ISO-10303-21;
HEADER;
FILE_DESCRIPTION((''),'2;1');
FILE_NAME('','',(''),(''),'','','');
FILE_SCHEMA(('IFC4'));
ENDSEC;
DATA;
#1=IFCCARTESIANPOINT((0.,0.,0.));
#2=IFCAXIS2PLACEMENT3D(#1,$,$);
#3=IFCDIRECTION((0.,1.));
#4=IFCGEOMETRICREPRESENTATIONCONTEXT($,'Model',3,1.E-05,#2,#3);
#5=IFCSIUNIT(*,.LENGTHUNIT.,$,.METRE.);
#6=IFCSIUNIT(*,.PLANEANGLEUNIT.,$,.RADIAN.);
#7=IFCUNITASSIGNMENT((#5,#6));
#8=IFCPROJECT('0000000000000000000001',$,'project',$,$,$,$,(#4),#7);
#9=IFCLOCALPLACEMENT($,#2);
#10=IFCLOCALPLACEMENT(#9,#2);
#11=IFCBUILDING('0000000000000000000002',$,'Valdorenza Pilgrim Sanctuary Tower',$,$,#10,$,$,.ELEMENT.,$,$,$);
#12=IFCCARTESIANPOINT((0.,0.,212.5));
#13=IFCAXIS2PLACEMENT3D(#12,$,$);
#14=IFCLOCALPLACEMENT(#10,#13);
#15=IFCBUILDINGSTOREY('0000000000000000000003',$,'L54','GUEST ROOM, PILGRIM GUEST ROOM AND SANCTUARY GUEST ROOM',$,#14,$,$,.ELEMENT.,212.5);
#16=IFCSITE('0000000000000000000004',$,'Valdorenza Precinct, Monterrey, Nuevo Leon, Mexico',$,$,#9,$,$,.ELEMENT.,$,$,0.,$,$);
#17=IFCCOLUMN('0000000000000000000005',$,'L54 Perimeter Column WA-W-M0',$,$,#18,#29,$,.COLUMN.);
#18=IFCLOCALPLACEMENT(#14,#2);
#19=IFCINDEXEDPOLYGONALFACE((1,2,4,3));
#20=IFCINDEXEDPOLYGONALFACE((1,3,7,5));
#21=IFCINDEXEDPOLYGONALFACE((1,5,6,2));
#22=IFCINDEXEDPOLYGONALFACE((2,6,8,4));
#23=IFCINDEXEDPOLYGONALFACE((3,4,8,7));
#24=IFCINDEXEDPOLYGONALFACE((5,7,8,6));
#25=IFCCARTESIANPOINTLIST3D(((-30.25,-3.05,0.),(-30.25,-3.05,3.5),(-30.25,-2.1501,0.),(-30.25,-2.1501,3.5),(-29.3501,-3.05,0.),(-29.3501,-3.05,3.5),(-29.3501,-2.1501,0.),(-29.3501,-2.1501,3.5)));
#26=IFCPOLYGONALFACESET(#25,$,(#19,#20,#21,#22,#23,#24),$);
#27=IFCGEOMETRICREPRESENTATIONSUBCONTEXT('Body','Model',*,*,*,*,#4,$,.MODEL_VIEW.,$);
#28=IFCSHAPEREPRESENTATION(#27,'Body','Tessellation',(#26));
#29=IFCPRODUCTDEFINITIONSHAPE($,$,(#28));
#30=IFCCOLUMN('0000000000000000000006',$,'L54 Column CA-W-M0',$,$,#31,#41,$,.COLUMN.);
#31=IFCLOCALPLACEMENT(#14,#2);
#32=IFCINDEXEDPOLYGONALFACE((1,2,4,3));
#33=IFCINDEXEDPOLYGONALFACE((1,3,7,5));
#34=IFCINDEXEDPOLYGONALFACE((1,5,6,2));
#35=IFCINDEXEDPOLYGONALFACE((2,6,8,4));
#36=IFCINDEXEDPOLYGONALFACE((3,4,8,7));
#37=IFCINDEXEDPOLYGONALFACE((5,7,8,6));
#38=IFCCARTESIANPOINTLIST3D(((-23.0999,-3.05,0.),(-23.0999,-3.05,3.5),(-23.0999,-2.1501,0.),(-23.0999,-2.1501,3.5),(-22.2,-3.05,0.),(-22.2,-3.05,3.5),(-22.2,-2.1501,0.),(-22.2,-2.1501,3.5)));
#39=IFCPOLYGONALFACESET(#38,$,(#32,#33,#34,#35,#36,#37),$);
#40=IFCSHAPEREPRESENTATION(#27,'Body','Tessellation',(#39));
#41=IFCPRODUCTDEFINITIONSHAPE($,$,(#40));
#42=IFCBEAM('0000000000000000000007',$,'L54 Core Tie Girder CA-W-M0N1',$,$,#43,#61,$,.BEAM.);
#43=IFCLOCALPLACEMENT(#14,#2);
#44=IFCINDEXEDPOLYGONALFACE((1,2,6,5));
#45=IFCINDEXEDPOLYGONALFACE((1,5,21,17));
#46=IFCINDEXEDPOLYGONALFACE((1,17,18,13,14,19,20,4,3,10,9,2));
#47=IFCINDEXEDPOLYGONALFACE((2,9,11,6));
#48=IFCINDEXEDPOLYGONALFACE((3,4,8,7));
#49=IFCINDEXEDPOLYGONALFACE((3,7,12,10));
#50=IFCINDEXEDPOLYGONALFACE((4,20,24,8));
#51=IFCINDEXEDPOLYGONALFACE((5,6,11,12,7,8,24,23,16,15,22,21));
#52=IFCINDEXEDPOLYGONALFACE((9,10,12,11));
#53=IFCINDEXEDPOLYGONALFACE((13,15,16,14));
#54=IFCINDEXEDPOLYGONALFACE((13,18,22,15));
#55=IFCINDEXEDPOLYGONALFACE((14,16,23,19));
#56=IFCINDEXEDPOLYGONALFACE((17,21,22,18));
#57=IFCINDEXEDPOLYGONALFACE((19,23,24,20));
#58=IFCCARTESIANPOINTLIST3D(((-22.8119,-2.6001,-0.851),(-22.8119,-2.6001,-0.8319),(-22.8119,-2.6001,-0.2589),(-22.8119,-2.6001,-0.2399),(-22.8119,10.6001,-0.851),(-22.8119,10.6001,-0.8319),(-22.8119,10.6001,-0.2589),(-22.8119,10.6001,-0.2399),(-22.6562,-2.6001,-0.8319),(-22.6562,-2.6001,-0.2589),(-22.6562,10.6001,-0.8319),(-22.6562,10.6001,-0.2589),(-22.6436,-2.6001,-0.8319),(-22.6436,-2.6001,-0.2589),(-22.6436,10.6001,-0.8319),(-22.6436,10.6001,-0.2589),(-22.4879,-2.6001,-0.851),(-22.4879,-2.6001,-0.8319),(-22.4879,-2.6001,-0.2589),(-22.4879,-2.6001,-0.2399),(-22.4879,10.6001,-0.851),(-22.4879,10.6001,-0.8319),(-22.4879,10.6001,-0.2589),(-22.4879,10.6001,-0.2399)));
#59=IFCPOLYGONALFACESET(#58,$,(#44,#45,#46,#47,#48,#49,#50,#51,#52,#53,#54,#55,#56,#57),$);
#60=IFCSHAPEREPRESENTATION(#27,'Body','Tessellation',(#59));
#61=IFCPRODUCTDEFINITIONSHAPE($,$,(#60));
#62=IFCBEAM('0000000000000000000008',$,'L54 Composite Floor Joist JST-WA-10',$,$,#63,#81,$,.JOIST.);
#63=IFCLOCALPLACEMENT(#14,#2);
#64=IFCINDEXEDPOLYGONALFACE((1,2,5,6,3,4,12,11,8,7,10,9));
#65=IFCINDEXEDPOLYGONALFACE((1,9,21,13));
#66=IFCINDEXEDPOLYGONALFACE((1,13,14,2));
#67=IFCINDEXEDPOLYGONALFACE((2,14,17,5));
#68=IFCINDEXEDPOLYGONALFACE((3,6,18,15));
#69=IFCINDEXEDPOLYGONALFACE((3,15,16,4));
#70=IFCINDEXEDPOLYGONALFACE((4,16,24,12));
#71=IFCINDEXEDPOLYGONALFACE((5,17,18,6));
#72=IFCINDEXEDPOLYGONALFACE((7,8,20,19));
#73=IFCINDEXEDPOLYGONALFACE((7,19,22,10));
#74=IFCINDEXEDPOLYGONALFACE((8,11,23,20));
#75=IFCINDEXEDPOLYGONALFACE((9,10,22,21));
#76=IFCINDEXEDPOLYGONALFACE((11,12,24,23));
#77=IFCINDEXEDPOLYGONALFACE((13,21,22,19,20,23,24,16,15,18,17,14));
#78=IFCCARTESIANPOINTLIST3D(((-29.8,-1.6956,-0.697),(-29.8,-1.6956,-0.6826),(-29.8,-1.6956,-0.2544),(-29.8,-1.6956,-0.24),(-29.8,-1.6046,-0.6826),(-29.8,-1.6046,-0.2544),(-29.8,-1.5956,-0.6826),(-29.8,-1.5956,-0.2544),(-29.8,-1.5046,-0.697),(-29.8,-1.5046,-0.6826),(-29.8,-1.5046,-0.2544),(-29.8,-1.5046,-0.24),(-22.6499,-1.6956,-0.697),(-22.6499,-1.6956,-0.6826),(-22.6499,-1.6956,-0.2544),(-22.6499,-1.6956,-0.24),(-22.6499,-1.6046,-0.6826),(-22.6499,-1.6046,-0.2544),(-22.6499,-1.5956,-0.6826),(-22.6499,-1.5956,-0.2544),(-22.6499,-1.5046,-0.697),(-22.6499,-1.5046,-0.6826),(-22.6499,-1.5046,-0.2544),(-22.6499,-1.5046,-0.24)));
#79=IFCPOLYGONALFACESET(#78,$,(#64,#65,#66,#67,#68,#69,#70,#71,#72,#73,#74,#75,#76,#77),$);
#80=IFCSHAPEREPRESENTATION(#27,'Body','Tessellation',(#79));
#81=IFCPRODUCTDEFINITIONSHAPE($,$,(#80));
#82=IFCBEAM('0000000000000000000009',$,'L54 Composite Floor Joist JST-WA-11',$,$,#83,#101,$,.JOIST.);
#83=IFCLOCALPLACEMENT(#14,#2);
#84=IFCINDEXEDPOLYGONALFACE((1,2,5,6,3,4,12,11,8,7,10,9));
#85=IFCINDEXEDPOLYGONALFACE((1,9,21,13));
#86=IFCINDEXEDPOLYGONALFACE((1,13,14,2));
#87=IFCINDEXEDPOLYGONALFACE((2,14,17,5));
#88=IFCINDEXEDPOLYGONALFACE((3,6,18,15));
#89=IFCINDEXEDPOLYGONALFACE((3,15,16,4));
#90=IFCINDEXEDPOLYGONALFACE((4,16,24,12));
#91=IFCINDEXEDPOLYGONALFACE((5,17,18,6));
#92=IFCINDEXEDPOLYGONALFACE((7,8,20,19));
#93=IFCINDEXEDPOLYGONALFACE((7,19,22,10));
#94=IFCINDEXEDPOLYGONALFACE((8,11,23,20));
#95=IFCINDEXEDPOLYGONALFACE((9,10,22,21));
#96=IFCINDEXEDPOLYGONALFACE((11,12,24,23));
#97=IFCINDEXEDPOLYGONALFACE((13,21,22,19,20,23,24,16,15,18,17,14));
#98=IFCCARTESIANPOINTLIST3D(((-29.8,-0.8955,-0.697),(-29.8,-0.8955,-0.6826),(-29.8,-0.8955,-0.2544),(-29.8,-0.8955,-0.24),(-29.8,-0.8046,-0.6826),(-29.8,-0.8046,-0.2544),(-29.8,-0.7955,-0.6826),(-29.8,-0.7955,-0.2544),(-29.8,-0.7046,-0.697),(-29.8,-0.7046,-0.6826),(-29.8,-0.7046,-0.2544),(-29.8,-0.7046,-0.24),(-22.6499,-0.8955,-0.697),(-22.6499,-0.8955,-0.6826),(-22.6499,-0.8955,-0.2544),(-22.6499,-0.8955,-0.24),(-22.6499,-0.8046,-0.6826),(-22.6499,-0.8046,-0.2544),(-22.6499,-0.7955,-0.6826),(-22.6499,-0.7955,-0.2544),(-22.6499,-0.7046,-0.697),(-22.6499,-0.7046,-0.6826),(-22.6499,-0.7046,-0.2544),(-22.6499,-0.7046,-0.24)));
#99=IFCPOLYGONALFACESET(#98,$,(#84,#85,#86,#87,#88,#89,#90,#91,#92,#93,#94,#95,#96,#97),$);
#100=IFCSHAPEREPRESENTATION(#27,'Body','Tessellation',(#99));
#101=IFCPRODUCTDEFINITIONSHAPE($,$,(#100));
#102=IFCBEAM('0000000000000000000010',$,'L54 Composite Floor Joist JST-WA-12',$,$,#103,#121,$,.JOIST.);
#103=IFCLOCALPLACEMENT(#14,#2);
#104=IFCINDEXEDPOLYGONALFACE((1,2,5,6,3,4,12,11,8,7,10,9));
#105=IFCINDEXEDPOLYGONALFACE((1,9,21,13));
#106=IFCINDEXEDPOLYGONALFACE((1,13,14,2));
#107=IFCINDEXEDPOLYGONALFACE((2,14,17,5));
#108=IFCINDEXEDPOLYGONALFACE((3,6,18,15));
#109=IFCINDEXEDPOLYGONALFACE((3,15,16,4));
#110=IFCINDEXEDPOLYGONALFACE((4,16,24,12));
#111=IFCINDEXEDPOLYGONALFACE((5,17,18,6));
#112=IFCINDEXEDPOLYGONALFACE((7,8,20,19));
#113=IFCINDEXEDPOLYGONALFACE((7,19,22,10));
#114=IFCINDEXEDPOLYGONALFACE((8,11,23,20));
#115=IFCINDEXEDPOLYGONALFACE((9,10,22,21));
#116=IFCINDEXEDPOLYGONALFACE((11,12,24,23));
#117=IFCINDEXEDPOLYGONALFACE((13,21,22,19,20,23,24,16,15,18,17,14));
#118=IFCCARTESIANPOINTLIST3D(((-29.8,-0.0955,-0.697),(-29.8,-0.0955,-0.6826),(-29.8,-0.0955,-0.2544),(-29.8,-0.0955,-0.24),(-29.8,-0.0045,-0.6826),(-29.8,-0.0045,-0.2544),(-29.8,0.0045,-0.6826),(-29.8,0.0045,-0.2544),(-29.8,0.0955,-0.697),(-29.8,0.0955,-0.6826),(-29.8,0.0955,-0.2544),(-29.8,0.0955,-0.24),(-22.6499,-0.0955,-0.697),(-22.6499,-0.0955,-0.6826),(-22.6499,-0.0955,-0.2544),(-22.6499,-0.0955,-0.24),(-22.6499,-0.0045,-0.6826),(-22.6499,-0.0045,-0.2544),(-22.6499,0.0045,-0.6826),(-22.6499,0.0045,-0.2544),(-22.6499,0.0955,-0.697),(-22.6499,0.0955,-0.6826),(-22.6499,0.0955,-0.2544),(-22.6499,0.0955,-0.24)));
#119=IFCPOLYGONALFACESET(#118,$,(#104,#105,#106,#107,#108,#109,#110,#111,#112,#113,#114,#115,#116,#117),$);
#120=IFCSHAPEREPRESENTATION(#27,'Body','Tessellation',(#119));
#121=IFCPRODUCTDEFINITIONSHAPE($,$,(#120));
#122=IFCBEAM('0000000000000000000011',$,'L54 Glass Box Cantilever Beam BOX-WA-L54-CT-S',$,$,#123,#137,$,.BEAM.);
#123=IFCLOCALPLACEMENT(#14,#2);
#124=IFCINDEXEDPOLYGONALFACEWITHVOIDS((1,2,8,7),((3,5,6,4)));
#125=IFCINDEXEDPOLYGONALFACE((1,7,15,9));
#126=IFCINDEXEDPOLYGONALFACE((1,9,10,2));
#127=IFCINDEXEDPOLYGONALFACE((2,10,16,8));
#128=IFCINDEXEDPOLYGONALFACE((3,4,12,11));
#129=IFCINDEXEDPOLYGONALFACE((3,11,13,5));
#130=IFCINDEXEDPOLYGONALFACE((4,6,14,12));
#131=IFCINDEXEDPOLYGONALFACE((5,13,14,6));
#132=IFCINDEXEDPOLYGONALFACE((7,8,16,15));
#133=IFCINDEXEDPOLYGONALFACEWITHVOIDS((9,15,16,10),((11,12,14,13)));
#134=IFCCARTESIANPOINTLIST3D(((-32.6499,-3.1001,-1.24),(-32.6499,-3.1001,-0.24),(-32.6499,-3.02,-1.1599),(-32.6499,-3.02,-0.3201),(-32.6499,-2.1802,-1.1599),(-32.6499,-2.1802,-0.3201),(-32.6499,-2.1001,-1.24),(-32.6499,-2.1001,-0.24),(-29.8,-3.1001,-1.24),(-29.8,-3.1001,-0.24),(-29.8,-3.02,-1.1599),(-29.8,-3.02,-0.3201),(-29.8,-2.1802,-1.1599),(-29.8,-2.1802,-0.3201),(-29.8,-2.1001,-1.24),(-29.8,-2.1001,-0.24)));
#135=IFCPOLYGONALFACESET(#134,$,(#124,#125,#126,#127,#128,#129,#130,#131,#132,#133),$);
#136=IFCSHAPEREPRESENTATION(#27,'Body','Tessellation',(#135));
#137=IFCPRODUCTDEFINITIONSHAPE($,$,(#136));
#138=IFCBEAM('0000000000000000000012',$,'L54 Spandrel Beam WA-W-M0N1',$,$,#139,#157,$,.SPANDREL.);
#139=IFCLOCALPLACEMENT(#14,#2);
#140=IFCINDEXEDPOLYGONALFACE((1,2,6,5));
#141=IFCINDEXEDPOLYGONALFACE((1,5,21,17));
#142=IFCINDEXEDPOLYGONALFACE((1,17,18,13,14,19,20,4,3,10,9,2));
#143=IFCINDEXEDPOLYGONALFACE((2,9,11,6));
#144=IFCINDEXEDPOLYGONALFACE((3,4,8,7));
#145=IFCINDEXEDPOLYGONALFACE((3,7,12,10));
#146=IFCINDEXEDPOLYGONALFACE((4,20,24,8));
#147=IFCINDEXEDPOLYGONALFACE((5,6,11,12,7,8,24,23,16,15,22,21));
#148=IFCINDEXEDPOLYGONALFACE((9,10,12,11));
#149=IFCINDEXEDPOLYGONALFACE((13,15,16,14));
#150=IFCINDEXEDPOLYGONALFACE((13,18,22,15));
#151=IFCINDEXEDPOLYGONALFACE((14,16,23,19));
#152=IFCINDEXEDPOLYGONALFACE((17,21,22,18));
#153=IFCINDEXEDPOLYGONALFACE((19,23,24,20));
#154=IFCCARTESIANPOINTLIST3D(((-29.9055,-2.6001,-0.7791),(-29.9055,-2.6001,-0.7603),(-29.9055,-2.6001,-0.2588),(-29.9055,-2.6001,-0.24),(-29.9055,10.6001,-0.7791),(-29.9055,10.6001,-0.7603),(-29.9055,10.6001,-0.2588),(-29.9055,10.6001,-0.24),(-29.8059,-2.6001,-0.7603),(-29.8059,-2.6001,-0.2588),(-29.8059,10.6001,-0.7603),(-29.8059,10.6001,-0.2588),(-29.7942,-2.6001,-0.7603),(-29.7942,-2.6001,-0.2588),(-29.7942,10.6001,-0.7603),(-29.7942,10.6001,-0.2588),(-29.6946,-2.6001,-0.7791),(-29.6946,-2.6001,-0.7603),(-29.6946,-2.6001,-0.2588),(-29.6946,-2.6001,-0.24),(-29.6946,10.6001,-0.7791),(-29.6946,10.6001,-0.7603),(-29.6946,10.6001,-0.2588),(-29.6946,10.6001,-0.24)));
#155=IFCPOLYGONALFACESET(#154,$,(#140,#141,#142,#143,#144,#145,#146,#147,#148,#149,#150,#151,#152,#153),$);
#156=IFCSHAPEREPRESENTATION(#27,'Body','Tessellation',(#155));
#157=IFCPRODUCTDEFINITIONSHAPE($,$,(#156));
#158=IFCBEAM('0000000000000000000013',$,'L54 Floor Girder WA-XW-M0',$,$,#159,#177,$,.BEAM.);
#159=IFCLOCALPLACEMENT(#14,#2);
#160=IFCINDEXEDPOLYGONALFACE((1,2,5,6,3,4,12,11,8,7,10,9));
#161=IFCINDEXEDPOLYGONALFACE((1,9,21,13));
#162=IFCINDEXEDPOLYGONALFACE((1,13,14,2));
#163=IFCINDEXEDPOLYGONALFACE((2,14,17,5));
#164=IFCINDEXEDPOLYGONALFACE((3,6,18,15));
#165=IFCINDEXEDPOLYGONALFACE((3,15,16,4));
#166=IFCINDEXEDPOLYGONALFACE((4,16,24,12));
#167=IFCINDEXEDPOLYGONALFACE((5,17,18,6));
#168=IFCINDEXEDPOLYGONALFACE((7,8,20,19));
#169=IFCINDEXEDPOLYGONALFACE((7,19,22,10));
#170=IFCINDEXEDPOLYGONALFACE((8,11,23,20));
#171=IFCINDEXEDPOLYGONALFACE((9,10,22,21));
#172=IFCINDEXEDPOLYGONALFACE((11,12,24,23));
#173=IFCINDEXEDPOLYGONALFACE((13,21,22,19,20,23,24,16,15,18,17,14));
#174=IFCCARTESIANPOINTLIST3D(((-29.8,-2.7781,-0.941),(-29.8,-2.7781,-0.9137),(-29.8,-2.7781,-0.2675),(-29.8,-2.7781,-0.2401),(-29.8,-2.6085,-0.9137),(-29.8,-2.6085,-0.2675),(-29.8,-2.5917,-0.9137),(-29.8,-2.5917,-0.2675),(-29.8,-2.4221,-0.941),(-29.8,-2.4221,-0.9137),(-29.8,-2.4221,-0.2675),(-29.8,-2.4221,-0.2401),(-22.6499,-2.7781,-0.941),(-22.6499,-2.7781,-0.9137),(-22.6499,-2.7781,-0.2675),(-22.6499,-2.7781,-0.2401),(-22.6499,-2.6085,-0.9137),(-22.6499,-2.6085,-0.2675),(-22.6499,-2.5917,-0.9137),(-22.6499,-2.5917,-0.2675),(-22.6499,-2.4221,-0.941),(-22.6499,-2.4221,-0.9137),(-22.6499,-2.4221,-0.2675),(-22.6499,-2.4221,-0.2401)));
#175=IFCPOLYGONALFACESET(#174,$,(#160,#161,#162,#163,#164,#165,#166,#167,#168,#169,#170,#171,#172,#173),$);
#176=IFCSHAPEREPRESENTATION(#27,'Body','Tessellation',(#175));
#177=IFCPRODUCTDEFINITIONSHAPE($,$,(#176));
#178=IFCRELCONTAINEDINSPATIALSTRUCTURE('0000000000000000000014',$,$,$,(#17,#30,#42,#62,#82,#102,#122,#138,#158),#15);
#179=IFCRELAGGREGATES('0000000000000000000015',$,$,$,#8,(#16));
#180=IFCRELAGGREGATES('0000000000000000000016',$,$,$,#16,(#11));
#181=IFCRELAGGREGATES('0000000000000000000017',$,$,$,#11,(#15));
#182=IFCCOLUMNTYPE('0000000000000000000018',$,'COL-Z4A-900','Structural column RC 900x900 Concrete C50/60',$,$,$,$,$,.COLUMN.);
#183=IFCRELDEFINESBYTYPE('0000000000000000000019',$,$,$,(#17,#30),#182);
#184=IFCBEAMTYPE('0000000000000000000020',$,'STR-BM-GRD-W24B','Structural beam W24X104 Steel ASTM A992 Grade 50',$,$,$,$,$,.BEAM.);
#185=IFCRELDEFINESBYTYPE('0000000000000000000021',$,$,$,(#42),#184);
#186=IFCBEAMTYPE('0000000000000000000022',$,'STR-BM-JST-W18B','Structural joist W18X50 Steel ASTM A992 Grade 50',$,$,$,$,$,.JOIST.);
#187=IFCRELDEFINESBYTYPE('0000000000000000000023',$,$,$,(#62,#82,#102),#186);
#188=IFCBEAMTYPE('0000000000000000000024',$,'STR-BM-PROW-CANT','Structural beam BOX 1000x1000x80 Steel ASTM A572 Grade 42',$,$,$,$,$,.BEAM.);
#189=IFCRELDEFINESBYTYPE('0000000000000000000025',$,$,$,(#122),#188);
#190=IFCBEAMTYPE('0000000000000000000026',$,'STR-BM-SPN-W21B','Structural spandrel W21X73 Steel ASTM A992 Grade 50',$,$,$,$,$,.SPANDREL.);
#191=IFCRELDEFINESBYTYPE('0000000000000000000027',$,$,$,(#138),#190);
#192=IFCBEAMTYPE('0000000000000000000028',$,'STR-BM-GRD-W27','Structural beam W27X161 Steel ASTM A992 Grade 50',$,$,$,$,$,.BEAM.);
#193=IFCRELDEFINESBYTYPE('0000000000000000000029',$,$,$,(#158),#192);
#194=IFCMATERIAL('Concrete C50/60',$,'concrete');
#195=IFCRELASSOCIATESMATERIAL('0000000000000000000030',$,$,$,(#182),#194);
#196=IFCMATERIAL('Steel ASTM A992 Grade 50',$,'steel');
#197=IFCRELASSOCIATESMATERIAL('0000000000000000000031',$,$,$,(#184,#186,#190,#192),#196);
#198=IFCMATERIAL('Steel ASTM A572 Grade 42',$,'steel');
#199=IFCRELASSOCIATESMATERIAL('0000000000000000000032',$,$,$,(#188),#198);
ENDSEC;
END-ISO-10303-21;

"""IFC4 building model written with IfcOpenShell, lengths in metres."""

from ifc_helpers import new_model, si_unit, direction, frame, origin, origin_2d, place, context, subcontext, project, spatial, rectangle, hollow_rectangle, i_section, extrude, source, transform, mapped, material, material_profile, profile_set, type_object, element, save


model = new_model("IFC4")

# Units and contexts
model_context = context("Model", 3, precision=1e-05, world=origin(), true_north=direction((0.0, 1.0)))
body_context = subcontext(model_context, "Body", "Model", "MODEL_VIEW")
ifc_project = project(units=[si_unit("LENGTHUNIT", "METRE"), si_unit("PLANEANGLEUNIT", "RADIAN")], contexts=[model_context])

# Site, building, storey
site_placement = place(None, origin())
site = spatial("IfcSite", under=ifc_project, at=site_placement, Name="Valdorenza Precinct, Monterrey, Nuevo Leon, Mexico", CompositionType="ELEMENT", RefElevation=0.0)
building_placement = place(site_placement, origin())
building = spatial("IfcBuilding", under=site, at=building_placement, Name="Valdorenza Pilgrim Sanctuary Tower", CompositionType="ELEMENT")
storey_placement = place(building_placement, frame((0.0, 0.0, 212.5)))
storey = spatial("IfcBuildingStorey", under=building, at=storey_placement, Name="L54", Description="GUEST ROOM, PILGRIM GUEST ROOM AND SANCTUARY GUEST ROOM", CompositionType="ELEMENT", Elevation=212.5)

# Columns
ifc_material_1 = material(Name="Concrete C50/60", Category="concrete")
ifc_material_profile_1 = material_profile(ifc_material_1, rectangle(XDim=0.8999, YDim=0.8999, at=origin_2d()), Name="RC 900x900")
ifc_profile_set_1 = profile_set([ifc_material_profile_1], Name="Concrete C50/60")
column_type = type_object("IfcColumnType", Name="COL-Z4A-900", Description="Structural column RC 900x900 Concrete C50/60", PredefinedType="COLUMN", material=ifc_profile_set_1)
shared_shape_1 = source(origin(), body_context, "Body", "SweptSolid", [
    extrude(rectangle(XDim=0.8999, YDim=0.8999, at=origin_2d()), origin(), (0.0, 0.0, 1.0), 3.5),
])
for number, where, z_axis, x_axis, name in (
    (1, (-29.8, -2.6001, 0.0), (0.0, 0.0, 1.0), (1.0, 0.0, 0.0), "L54 Perimeter Column WA-W-M0"),
    (2, (-22.6499, -2.6001, 0.0), (0.0, 0.0, 1.0), (1.0, 0.0, 0.0), "L54 Column CA-W-M0"),
):
    element("IfcColumn", number, at=place(storey_placement, frame(where, z_axis=z_axis, x_axis=x_axis)), inside=storey, type_object=column_type, Name=name, PredefinedType="COLUMN", context=body_context, shape_type="MappedRepresentation", body=[
        mapped(shared_shape_1, transform((0.0, 0.0, 0.0), x_axis=(1.0, 0.0, 0.0), y_axis=(0.0, 1.0, 0.0), z_axis=(0.0, 0.0, 1.0), scale=1.0)),
    ])

# Beams
ifc_material_2 = material(Name="Steel ASTM A992 Grade 50", Category="steel")
ifc_material_profile_2 = material_profile(ifc_material_2, i_section(OverallWidth=0.324, OverallDepth=0.6111, WebThickness=0.0127, FlangeThickness=0.019, at=origin_2d()), Name="W24X104")
ifc_profile_set_2 = profile_set([ifc_material_profile_2], Name="Steel ASTM A992 Grade 50")
beam_type_1 = type_object("IfcBeamType", Name="STR-BM-GRD-W24B", Description="Structural beam W24X104 Steel ASTM A992 Grade 50", PredefinedType="BEAM", material=ifc_profile_set_2)
shared_shape_2 = source(origin(), body_context, "Body", "SweptSolid", [
    extrude(i_section(OverallWidth=0.324, OverallDepth=0.6111, WebThickness=0.0127, FlangeThickness=0.019, at=origin_2d()), origin(), (0.0, 0.0, 1.0), 13.2002),
])
beam_1_placement = place(storey_placement, frame((-22.6499, -2.6001, -0.5454), z_axis=(0.0, 1.0, 0.0), x_axis=(-1.0, 0.0, 0.0)))
element("IfcBeam", 3, at=beam_1_placement, inside=storey, type_object=beam_type_1, Name="L54 Core Tie Girder CA-W-M0N1", PredefinedType="BEAM", context=body_context, shape_type="MappedRepresentation", body=[
    mapped(shared_shape_2, transform((0.0, 0.0, 0.0), x_axis=(1.0, 0.0, 0.0), y_axis=(0.0, 1.0, 0.0), z_axis=(0.0, 0.0, 1.0), scale=1.0)),
])
ifc_material_profile_3 = material_profile(ifc_material_2, i_section(OverallWidth=0.1909, OverallDepth=0.457, WebThickness=0.009, FlangeThickness=0.0144, at=origin_2d()), Name="W18X50")
ifc_profile_set_3 = profile_set([ifc_material_profile_3], Name="Steel ASTM A992 Grade 50")
beam_type_2 = type_object("IfcBeamType", Name="STR-BM-JST-W18B", Description="Structural joist W18X50 Steel ASTM A992 Grade 50", PredefinedType="JOIST", material=ifc_profile_set_3)
shared_shape_3 = source(origin(), body_context, "Body", "SweptSolid", [
    extrude(i_section(OverallWidth=0.1909, OverallDepth=0.457, WebThickness=0.009, FlangeThickness=0.0144, at=origin_2d()), origin(), (0.0, 0.0, 1.0), 7.1501),
])
for number, where, z_axis, x_axis, name in (
    (4, (-29.8, -1.6001, -0.4685), (1.0, 0.0, 0.0), (0.0, 1.0, 0.0), "L54 Composite Floor Joist JST-WA-10"),
    (5, (-29.8, -0.8, -0.4685), (1.0, 0.0, 0.0), (0.0, 1.0, 0.0), "L54 Composite Floor Joist JST-WA-11"),
    (6, (-29.8, 0.0, -0.4685), (1.0, 0.0, 0.0), (0.0, 1.0, 0.0), "L54 Composite Floor Joist JST-WA-12"),
):
    element("IfcBeam", number, at=place(storey_placement, frame(where, z_axis=z_axis, x_axis=x_axis)), inside=storey, type_object=beam_type_2, Name=name, PredefinedType="JOIST", context=body_context, shape_type="MappedRepresentation", body=[
        mapped(shared_shape_3, transform((0.0, 0.0, 0.0), x_axis=(1.0, 0.0, 0.0), y_axis=(0.0, 1.0, 0.0), z_axis=(0.0, 0.0, 1.0), scale=1.0)),
    ])
ifc_material_3 = material(Name="Steel ASTM A572 Grade 42", Category="steel")
ifc_material_profile_4 = material_profile(ifc_material_3, hollow_rectangle(XDim=1.0, YDim=1.0, WallThickness=0.0801, at=origin_2d()), Name="BOX 1000x1000x80")
ifc_profile_set_4 = profile_set([ifc_material_profile_4], Name="Steel ASTM A572 Grade 42")
beam_type_3 = type_object("IfcBeamType", Name="STR-BM-PROW-CANT", Description="Structural beam BOX 1000x1000x80 Steel ASTM A572 Grade 42", PredefinedType="BEAM", material=ifc_profile_set_4)
shared_shape_4 = source(origin(), body_context, "Body", "SweptSolid", [
    extrude(hollow_rectangle(XDim=1.0, YDim=1.0, WallThickness=0.0801, at=origin_2d()), origin(), (0.0, 0.0, 1.0), 2.8499),
])
beam_2_placement = place(storey_placement, frame((-29.8, -2.6001, -0.74), z_axis=(-1.0, 0.0, 0.0), x_axis=(0.0, -1.0, 0.0)))
element("IfcBeam", 7, at=beam_2_placement, inside=storey, type_object=beam_type_3, Name="L54 Glass Box Cantilever Beam BOX-WA-L54-CT-S", PredefinedType="BEAM", context=body_context, shape_type="MappedRepresentation", body=[
    mapped(shared_shape_4, transform((0.0, 0.0, 0.0), x_axis=(1.0, 0.0, 0.0), y_axis=(0.0, 1.0, 0.0), z_axis=(0.0, 0.0, 1.0), scale=1.0)),
])
ifc_material_profile_5 = material_profile(ifc_material_2, i_section(OverallWidth=0.2109, OverallDepth=0.5391, WebThickness=0.0117, FlangeThickness=0.0188, at=origin_2d()), Name="W21X73")
ifc_profile_set_5 = profile_set([ifc_material_profile_5], Name="Steel ASTM A992 Grade 50")
beam_type_4 = type_object("IfcBeamType", Name="STR-BM-SPN-W21B", Description="Structural spandrel W21X73 Steel ASTM A992 Grade 50", PredefinedType="SPANDREL", material=ifc_profile_set_5)
shared_shape_5 = source(origin(), body_context, "Body", "SweptSolid", [
    extrude(i_section(OverallWidth=0.2109, OverallDepth=0.5391, WebThickness=0.0117, FlangeThickness=0.0188, at=origin_2d()), origin(), (0.0, 0.0, 1.0), 13.2002),
])
beam_3_placement = place(storey_placement, frame((-29.8, -2.6001, -0.5095), z_axis=(0.0, 1.0, 0.0), x_axis=(-1.0, 0.0, 0.0)))
element("IfcBeam", 8, at=beam_3_placement, inside=storey, type_object=beam_type_4, Name="L54 Spandrel Beam WA-W-M0N1", PredefinedType="SPANDREL", context=body_context, shape_type="MappedRepresentation", body=[
    mapped(shared_shape_5, transform((0.0, 0.0, 0.0), x_axis=(1.0, 0.0, 0.0), y_axis=(0.0, 1.0, 0.0), z_axis=(0.0, 0.0, 1.0), scale=1.0)),
])
ifc_material_profile_6 = material_profile(ifc_material_2, i_section(OverallWidth=0.356, OverallDepth=0.7009, WebThickness=0.0168, FlangeThickness=0.0273, at=origin_2d()), Name="W27X161")
ifc_profile_set_6 = profile_set([ifc_material_profile_6], Name="Steel ASTM A992 Grade 50")
beam_type_5 = type_object("IfcBeamType", Name="STR-BM-GRD-W27", Description="Structural beam W27X161 Steel ASTM A992 Grade 50", PredefinedType="BEAM", material=ifc_profile_set_6)
shared_shape_6 = source(origin(), body_context, "Body", "SweptSolid", [
    extrude(i_section(OverallWidth=0.356, OverallDepth=0.7009, WebThickness=0.0168, FlangeThickness=0.0273, at=origin_2d()), origin(), (0.0, 0.0, 1.0), 7.1501),
])
beam_4_placement = place(storey_placement, frame((-29.8, -2.6001, -0.5906), z_axis=(1.0, 0.0, 0.0), x_axis=(0.0, 1.0, 0.0)))
element("IfcBeam", 9, at=beam_4_placement, inside=storey, type_object=beam_type_5, Name="L54 Floor Girder WA-XW-M0", PredefinedType="BEAM", context=body_context, shape_type="MappedRepresentation", body=[
    mapped(shared_shape_6, transform((0.0, 0.0, 0.0), x_axis=(1.0, 0.0, 0.0), y_axis=(0.0, 1.0, 0.0), z_axis=(0.0, 0.0, 1.0), scale=1.0)),
])

save(model, "model.ifc")
